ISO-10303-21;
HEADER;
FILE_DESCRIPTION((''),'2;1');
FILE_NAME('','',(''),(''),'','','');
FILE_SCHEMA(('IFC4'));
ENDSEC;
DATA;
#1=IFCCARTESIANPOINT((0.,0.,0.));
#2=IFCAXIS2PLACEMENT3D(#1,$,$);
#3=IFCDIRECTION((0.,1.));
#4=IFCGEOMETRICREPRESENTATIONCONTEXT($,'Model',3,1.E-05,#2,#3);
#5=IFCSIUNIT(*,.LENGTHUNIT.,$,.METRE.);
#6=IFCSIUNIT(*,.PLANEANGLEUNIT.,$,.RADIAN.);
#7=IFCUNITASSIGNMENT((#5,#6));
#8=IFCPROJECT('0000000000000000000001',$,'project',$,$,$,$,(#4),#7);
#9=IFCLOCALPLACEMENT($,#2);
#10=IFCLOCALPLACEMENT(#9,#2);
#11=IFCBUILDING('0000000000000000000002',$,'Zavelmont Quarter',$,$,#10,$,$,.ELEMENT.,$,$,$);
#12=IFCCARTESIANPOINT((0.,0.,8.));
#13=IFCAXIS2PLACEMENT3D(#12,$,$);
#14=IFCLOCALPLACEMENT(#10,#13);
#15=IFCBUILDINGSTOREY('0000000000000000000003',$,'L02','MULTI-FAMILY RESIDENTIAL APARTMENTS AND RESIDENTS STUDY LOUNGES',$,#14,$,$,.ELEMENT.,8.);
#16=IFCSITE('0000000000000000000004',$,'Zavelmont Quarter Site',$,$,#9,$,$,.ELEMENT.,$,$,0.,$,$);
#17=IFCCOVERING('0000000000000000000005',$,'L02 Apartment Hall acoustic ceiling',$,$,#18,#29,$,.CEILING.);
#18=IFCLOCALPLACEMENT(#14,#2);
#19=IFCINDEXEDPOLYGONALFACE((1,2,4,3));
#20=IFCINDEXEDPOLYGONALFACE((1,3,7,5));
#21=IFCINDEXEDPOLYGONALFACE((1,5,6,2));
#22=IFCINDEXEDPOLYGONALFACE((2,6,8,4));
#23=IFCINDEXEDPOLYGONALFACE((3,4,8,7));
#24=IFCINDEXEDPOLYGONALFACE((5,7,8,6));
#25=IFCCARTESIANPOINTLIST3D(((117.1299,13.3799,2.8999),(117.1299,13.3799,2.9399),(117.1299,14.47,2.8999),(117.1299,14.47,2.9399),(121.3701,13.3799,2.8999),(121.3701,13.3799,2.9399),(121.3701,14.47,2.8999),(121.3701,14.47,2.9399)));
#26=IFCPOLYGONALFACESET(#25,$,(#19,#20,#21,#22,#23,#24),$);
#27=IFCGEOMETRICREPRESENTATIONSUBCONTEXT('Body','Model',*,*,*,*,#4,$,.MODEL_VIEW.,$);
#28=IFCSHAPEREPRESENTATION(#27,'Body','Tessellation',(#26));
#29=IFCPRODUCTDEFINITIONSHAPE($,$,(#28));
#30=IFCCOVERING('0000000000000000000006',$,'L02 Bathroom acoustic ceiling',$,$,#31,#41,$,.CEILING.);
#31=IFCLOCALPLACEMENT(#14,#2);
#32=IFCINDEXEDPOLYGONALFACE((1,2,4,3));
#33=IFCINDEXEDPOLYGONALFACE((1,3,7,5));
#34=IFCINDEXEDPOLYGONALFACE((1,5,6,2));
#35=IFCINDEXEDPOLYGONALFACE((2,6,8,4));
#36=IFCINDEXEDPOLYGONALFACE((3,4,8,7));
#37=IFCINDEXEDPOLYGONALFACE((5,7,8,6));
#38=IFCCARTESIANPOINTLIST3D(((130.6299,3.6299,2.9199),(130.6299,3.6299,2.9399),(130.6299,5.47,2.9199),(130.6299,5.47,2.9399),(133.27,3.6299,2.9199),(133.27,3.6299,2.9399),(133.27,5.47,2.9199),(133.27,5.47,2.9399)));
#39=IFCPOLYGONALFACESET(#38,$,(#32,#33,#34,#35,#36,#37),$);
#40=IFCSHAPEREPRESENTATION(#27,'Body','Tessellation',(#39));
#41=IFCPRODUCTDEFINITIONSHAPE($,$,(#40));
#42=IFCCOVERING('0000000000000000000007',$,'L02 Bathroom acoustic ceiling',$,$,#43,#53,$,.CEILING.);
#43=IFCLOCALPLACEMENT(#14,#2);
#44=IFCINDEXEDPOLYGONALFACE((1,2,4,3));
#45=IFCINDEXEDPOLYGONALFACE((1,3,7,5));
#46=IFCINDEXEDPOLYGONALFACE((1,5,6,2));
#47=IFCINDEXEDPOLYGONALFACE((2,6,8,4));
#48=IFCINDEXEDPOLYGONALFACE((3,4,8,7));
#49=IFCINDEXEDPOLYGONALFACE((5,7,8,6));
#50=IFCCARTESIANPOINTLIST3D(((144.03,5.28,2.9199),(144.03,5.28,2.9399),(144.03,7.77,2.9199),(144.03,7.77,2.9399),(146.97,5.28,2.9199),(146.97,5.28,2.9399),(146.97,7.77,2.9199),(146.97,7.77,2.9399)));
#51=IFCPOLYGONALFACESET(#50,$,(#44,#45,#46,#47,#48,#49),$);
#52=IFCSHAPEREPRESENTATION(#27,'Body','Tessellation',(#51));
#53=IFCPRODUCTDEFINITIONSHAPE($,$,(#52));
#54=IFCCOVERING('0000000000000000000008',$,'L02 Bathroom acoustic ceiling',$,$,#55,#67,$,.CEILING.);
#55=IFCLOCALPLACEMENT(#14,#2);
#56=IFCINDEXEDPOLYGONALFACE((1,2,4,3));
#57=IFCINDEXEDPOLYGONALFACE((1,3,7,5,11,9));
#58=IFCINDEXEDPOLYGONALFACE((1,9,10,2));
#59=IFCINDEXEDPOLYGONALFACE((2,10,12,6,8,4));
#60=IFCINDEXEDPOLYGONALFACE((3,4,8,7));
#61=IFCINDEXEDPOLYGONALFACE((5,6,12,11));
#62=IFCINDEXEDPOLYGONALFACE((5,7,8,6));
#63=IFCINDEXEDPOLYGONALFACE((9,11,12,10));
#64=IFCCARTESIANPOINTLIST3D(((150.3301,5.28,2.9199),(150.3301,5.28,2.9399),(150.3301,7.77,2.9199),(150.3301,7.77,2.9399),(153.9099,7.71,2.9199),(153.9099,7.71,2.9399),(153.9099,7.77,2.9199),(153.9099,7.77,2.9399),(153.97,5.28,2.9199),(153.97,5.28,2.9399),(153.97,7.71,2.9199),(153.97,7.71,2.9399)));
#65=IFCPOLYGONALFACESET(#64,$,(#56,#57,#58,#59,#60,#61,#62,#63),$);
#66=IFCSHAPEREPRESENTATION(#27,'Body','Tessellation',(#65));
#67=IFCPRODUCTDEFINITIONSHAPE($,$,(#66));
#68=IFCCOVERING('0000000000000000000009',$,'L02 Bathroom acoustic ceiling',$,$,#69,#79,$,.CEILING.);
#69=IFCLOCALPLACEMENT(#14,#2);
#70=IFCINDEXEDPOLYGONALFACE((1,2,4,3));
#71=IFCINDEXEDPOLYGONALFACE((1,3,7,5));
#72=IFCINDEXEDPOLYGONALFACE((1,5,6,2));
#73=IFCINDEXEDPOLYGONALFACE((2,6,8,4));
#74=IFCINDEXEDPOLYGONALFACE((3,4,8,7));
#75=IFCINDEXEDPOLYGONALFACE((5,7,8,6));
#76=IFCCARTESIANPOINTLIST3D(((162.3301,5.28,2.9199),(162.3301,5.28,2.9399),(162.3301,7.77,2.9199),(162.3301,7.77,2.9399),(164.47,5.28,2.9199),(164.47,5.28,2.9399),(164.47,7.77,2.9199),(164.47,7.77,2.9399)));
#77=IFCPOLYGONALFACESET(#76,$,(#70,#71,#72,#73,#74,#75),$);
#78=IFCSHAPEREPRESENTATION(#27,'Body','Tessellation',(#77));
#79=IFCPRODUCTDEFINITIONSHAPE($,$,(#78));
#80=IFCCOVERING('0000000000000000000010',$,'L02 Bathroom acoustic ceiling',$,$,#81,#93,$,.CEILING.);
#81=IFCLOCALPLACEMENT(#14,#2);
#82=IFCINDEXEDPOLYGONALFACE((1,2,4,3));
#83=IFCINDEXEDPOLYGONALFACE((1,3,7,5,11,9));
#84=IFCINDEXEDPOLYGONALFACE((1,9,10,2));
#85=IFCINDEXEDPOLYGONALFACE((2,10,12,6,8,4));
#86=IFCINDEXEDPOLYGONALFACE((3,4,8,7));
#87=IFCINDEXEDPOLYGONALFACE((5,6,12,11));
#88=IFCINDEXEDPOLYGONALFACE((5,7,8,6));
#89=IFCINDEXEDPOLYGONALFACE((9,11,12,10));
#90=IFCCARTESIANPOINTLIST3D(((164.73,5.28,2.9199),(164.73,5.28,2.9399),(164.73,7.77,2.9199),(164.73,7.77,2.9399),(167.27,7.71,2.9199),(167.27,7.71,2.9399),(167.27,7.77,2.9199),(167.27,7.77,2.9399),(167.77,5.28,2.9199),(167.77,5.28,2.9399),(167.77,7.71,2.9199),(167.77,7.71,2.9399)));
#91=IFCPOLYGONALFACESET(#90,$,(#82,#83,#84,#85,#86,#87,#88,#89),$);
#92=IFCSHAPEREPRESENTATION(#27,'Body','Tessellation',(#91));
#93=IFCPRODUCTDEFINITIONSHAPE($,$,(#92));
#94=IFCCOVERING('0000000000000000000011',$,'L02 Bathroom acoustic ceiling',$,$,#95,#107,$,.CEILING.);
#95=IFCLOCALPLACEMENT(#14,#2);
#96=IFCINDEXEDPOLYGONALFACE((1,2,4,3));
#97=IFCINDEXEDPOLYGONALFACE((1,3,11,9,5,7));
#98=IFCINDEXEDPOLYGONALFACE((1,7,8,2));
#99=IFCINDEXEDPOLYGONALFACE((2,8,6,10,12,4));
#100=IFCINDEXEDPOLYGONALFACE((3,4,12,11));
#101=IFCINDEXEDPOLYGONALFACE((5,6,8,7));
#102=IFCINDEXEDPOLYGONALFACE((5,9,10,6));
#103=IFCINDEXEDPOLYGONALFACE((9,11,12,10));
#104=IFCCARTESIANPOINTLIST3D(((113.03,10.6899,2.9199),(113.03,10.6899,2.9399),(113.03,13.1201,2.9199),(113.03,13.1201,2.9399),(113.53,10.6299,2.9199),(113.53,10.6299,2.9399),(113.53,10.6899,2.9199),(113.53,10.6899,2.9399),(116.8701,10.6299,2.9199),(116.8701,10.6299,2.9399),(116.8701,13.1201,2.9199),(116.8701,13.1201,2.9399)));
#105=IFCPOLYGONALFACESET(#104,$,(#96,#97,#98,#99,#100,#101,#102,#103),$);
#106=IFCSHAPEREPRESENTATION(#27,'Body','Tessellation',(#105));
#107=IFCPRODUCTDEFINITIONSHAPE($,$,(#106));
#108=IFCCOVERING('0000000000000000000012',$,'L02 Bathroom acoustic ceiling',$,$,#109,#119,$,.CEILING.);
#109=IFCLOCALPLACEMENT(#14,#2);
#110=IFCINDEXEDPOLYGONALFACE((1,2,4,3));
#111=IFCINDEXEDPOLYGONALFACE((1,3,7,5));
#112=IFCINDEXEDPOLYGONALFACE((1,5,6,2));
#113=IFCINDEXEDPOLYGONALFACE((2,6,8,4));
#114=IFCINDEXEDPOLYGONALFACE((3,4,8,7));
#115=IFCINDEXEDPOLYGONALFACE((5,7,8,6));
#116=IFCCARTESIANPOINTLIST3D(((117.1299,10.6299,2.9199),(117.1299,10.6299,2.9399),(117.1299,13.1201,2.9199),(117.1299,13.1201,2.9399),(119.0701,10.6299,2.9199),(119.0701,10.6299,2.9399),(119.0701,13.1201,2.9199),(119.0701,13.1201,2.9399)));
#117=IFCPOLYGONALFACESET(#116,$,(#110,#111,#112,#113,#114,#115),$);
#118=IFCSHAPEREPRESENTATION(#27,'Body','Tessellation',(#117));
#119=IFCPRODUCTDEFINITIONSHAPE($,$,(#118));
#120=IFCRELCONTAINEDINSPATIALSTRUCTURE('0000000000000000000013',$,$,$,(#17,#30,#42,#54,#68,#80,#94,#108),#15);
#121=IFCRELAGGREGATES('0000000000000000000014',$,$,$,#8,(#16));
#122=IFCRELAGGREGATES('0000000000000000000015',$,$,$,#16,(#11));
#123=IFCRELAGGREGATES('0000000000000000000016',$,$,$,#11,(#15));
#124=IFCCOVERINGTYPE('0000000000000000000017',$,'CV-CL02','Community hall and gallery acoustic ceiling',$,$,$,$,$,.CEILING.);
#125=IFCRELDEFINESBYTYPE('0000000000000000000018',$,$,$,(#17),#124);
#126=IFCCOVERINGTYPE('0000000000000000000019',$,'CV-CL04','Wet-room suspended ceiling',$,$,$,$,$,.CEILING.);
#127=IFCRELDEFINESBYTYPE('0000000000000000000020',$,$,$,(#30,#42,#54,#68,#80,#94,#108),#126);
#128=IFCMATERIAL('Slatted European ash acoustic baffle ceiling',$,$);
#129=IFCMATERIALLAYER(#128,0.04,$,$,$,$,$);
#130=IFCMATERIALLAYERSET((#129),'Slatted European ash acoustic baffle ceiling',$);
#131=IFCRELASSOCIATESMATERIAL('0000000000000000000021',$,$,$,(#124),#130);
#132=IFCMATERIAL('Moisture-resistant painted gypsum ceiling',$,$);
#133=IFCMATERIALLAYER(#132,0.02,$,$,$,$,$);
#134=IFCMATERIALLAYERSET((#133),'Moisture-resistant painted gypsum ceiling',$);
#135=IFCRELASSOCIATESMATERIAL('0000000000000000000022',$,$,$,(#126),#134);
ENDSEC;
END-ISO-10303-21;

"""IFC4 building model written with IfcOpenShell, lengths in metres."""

from ifc_helpers import new_model, si_unit, direction, frame, origin, place, context, subcontext, project, spatial, polyline, outline, extrude, material, layer, layer_set, type_object, element, save


model = new_model("IFC4")

# Units and contexts
model_context = context("Model", 3, precision=1e-05, world=origin(), true_north=direction((0.0, 1.0)))
body_context = subcontext(model_context, "Body", "Model", "MODEL_VIEW")
ifc_project = project(units=[si_unit("LENGTHUNIT", "METRE"), si_unit("PLANEANGLEUNIT", "RADIAN")], contexts=[model_context])

# Site, building, storey
site_placement = place(None, origin())
site = spatial("IfcSite", under=ifc_project, at=site_placement, Name="Zavelmont Quarter Site", CompositionType="ELEMENT", RefElevation=0.0)
building_placement = place(site_placement, origin())
building = spatial("IfcBuilding", under=site, at=building_placement, Name="Zavelmont Quarter", CompositionType="ELEMENT")
storey_placement = place(building_placement, frame((0.0, 0.0, 8.0)))
storey = spatial("IfcBuildingStorey", under=building, at=storey_placement, Name="L02", Description="MULTI-FAMILY RESIDENTIAL APARTMENTS AND RESIDENTS STUDY LOUNGES", CompositionType="ELEMENT", Elevation=8.0)

# Coverings
ifc_material_1 = material(Name="Slatted European ash acoustic baffle ceiling")
ifc_layer_1 = layer(ifc_material_1, 0.04)
ifc_layer_set_1 = layer_set([ifc_layer_1], Name="Slatted European ash acoustic baffle ceiling")
covering_type_1 = type_object("IfcCoveringType", Name="CV-CL02", Description="Community hall and gallery acoustic ceiling", PredefinedType="CEILING", material=ifc_layer_set_1)
covering_1_placement = place(storey_placement, frame((0.0, 0.0, 2.8999)))
element("IfcCovering", 1, at=covering_1_placement, inside=storey, type_object=covering_type_1, Name="L02 Apartment Hall acoustic ceiling", PredefinedType="CEILING", context=body_context, shape_type="SweptSolid", body=[
    extrude(outline(polyline([(117.1299, 14.47), (121.3701, 14.47), (121.3701, 13.3799), (117.1299, 13.3799), (117.1299, 14.47)])), origin(), (0.0, 0.0, 1.0), 0.04),
])
ifc_material_2 = material(Name="Moisture-resistant painted gypsum ceiling")
ifc_layer_2 = layer(ifc_material_2, 0.02)
ifc_layer_set_2 = layer_set([ifc_layer_2], Name="Moisture-resistant painted gypsum ceiling")
covering_type_2 = type_object("IfcCoveringType", Name="CV-CL04", Description="Wet-room suspended ceiling", PredefinedType="CEILING", material=ifc_layer_set_2)
covering_2_placement = place(storey_placement, frame((0.0, 0.0, 2.9199)))
element("IfcCovering", 2, at=covering_2_placement, inside=storey, type_object=covering_type_2, Name="L02 Bathroom acoustic ceiling", PredefinedType="CEILING", context=body_context, shape_type="SweptSolid", body=[
    extrude(outline(polyline([(130.6299, 5.47), (133.27, 5.47), (133.27, 3.6299), (130.6299, 3.6299), (130.6299, 5.47)])), origin(), (0.0, 0.0, 1.0), 0.02),
])
covering_3_placement = place(storey_placement, frame((0.0, 0.0, 2.9199)))
element("IfcCovering", 3, at=covering_3_placement, inside=storey, type_object=covering_type_2, Name="L02 Bathroom acoustic ceiling", PredefinedType="CEILING", context=body_context, shape_type="SweptSolid", body=[
    extrude(outline(polyline([(144.03, 7.77), (146.97, 7.77), (146.97, 5.28), (144.03, 5.28), (144.03, 7.77)])), origin(), (0.0, 0.0, 1.0), 0.02),
])
covering_4_placement = place(storey_placement, frame((0.0, 0.0, 2.9199)))
element("IfcCovering", 4, at=covering_4_placement, inside=storey, type_object=covering_type_2, Name="L02 Bathroom acoustic ceiling", PredefinedType="CEILING", context=body_context, shape_type="SweptSolid", body=[
    extrude(outline(polyline([(150.3301, 7.77), (153.9099, 7.77), (153.9099, 7.71), (153.97, 7.71), (153.97, 5.28), (150.3301, 5.28), (150.3301, 7.77)])), origin(), (0.0, 0.0, 1.0), 0.02),
])
covering_5_placement = place(storey_placement, frame((0.0, 0.0, 2.9199)))
element("IfcCovering", 5, at=covering_5_placement, inside=storey, type_object=covering_type_2, Name="L02 Bathroom acoustic ceiling", PredefinedType="CEILING", context=body_context, shape_type="SweptSolid", body=[
    extrude(outline(polyline([(162.3301, 7.77), (164.47, 7.77), (164.47, 5.28), (162.3301, 5.28), (162.3301, 7.77)])), origin(), (0.0, 0.0, 1.0), 0.02),
])
covering_6_placement = place(storey_placement, frame((0.0, 0.0, 2.9199)))
element("IfcCovering", 6, at=covering_6_placement, inside=storey, type_object=covering_type_2, Name="L02 Bathroom acoustic ceiling", PredefinedType="CEILING", context=body_context, shape_type="SweptSolid", body=[
    extrude(outline(polyline([(164.73, 7.77), (167.27, 7.77), (167.27, 7.71), (167.77, 7.71), (167.77, 5.28), (164.73, 5.28), (164.73, 7.77)])), origin(), (0.0, 0.0, 1.0), 0.02),
])
covering_7_placement = place(storey_placement, frame((0.0, 0.0, 2.9199)))
element("IfcCovering", 7, at=covering_7_placement, inside=storey, type_object=covering_type_2, Name="L02 Bathroom acoustic ceiling", PredefinedType="CEILING", context=body_context, shape_type="SweptSolid", body=[
    extrude(outline(polyline([(113.03, 13.1201), (116.8701, 13.1201), (116.8701, 10.6299), (113.53, 10.6299), (113.53, 10.6899), (113.03, 10.6899), (113.03, 13.1201)])), origin(), (0.0, 0.0, 1.0), 0.02),
])
covering_8_placement = place(storey_placement, frame((0.0, 0.0, 2.9199)))
element("IfcCovering", 8, at=covering_8_placement, inside=storey, type_object=covering_type_2, Name="L02 Bathroom acoustic ceiling", PredefinedType="CEILING", context=body_context, shape_type="SweptSolid", body=[
    extrude(outline(polyline([(117.1299, 13.1201), (119.0701, 13.1201), (119.0701, 10.6299), (117.1299, 10.6299), (117.1299, 13.1201)])), origin(), (0.0, 0.0, 1.0), 0.02),
])

save(model, "model.ifc")
